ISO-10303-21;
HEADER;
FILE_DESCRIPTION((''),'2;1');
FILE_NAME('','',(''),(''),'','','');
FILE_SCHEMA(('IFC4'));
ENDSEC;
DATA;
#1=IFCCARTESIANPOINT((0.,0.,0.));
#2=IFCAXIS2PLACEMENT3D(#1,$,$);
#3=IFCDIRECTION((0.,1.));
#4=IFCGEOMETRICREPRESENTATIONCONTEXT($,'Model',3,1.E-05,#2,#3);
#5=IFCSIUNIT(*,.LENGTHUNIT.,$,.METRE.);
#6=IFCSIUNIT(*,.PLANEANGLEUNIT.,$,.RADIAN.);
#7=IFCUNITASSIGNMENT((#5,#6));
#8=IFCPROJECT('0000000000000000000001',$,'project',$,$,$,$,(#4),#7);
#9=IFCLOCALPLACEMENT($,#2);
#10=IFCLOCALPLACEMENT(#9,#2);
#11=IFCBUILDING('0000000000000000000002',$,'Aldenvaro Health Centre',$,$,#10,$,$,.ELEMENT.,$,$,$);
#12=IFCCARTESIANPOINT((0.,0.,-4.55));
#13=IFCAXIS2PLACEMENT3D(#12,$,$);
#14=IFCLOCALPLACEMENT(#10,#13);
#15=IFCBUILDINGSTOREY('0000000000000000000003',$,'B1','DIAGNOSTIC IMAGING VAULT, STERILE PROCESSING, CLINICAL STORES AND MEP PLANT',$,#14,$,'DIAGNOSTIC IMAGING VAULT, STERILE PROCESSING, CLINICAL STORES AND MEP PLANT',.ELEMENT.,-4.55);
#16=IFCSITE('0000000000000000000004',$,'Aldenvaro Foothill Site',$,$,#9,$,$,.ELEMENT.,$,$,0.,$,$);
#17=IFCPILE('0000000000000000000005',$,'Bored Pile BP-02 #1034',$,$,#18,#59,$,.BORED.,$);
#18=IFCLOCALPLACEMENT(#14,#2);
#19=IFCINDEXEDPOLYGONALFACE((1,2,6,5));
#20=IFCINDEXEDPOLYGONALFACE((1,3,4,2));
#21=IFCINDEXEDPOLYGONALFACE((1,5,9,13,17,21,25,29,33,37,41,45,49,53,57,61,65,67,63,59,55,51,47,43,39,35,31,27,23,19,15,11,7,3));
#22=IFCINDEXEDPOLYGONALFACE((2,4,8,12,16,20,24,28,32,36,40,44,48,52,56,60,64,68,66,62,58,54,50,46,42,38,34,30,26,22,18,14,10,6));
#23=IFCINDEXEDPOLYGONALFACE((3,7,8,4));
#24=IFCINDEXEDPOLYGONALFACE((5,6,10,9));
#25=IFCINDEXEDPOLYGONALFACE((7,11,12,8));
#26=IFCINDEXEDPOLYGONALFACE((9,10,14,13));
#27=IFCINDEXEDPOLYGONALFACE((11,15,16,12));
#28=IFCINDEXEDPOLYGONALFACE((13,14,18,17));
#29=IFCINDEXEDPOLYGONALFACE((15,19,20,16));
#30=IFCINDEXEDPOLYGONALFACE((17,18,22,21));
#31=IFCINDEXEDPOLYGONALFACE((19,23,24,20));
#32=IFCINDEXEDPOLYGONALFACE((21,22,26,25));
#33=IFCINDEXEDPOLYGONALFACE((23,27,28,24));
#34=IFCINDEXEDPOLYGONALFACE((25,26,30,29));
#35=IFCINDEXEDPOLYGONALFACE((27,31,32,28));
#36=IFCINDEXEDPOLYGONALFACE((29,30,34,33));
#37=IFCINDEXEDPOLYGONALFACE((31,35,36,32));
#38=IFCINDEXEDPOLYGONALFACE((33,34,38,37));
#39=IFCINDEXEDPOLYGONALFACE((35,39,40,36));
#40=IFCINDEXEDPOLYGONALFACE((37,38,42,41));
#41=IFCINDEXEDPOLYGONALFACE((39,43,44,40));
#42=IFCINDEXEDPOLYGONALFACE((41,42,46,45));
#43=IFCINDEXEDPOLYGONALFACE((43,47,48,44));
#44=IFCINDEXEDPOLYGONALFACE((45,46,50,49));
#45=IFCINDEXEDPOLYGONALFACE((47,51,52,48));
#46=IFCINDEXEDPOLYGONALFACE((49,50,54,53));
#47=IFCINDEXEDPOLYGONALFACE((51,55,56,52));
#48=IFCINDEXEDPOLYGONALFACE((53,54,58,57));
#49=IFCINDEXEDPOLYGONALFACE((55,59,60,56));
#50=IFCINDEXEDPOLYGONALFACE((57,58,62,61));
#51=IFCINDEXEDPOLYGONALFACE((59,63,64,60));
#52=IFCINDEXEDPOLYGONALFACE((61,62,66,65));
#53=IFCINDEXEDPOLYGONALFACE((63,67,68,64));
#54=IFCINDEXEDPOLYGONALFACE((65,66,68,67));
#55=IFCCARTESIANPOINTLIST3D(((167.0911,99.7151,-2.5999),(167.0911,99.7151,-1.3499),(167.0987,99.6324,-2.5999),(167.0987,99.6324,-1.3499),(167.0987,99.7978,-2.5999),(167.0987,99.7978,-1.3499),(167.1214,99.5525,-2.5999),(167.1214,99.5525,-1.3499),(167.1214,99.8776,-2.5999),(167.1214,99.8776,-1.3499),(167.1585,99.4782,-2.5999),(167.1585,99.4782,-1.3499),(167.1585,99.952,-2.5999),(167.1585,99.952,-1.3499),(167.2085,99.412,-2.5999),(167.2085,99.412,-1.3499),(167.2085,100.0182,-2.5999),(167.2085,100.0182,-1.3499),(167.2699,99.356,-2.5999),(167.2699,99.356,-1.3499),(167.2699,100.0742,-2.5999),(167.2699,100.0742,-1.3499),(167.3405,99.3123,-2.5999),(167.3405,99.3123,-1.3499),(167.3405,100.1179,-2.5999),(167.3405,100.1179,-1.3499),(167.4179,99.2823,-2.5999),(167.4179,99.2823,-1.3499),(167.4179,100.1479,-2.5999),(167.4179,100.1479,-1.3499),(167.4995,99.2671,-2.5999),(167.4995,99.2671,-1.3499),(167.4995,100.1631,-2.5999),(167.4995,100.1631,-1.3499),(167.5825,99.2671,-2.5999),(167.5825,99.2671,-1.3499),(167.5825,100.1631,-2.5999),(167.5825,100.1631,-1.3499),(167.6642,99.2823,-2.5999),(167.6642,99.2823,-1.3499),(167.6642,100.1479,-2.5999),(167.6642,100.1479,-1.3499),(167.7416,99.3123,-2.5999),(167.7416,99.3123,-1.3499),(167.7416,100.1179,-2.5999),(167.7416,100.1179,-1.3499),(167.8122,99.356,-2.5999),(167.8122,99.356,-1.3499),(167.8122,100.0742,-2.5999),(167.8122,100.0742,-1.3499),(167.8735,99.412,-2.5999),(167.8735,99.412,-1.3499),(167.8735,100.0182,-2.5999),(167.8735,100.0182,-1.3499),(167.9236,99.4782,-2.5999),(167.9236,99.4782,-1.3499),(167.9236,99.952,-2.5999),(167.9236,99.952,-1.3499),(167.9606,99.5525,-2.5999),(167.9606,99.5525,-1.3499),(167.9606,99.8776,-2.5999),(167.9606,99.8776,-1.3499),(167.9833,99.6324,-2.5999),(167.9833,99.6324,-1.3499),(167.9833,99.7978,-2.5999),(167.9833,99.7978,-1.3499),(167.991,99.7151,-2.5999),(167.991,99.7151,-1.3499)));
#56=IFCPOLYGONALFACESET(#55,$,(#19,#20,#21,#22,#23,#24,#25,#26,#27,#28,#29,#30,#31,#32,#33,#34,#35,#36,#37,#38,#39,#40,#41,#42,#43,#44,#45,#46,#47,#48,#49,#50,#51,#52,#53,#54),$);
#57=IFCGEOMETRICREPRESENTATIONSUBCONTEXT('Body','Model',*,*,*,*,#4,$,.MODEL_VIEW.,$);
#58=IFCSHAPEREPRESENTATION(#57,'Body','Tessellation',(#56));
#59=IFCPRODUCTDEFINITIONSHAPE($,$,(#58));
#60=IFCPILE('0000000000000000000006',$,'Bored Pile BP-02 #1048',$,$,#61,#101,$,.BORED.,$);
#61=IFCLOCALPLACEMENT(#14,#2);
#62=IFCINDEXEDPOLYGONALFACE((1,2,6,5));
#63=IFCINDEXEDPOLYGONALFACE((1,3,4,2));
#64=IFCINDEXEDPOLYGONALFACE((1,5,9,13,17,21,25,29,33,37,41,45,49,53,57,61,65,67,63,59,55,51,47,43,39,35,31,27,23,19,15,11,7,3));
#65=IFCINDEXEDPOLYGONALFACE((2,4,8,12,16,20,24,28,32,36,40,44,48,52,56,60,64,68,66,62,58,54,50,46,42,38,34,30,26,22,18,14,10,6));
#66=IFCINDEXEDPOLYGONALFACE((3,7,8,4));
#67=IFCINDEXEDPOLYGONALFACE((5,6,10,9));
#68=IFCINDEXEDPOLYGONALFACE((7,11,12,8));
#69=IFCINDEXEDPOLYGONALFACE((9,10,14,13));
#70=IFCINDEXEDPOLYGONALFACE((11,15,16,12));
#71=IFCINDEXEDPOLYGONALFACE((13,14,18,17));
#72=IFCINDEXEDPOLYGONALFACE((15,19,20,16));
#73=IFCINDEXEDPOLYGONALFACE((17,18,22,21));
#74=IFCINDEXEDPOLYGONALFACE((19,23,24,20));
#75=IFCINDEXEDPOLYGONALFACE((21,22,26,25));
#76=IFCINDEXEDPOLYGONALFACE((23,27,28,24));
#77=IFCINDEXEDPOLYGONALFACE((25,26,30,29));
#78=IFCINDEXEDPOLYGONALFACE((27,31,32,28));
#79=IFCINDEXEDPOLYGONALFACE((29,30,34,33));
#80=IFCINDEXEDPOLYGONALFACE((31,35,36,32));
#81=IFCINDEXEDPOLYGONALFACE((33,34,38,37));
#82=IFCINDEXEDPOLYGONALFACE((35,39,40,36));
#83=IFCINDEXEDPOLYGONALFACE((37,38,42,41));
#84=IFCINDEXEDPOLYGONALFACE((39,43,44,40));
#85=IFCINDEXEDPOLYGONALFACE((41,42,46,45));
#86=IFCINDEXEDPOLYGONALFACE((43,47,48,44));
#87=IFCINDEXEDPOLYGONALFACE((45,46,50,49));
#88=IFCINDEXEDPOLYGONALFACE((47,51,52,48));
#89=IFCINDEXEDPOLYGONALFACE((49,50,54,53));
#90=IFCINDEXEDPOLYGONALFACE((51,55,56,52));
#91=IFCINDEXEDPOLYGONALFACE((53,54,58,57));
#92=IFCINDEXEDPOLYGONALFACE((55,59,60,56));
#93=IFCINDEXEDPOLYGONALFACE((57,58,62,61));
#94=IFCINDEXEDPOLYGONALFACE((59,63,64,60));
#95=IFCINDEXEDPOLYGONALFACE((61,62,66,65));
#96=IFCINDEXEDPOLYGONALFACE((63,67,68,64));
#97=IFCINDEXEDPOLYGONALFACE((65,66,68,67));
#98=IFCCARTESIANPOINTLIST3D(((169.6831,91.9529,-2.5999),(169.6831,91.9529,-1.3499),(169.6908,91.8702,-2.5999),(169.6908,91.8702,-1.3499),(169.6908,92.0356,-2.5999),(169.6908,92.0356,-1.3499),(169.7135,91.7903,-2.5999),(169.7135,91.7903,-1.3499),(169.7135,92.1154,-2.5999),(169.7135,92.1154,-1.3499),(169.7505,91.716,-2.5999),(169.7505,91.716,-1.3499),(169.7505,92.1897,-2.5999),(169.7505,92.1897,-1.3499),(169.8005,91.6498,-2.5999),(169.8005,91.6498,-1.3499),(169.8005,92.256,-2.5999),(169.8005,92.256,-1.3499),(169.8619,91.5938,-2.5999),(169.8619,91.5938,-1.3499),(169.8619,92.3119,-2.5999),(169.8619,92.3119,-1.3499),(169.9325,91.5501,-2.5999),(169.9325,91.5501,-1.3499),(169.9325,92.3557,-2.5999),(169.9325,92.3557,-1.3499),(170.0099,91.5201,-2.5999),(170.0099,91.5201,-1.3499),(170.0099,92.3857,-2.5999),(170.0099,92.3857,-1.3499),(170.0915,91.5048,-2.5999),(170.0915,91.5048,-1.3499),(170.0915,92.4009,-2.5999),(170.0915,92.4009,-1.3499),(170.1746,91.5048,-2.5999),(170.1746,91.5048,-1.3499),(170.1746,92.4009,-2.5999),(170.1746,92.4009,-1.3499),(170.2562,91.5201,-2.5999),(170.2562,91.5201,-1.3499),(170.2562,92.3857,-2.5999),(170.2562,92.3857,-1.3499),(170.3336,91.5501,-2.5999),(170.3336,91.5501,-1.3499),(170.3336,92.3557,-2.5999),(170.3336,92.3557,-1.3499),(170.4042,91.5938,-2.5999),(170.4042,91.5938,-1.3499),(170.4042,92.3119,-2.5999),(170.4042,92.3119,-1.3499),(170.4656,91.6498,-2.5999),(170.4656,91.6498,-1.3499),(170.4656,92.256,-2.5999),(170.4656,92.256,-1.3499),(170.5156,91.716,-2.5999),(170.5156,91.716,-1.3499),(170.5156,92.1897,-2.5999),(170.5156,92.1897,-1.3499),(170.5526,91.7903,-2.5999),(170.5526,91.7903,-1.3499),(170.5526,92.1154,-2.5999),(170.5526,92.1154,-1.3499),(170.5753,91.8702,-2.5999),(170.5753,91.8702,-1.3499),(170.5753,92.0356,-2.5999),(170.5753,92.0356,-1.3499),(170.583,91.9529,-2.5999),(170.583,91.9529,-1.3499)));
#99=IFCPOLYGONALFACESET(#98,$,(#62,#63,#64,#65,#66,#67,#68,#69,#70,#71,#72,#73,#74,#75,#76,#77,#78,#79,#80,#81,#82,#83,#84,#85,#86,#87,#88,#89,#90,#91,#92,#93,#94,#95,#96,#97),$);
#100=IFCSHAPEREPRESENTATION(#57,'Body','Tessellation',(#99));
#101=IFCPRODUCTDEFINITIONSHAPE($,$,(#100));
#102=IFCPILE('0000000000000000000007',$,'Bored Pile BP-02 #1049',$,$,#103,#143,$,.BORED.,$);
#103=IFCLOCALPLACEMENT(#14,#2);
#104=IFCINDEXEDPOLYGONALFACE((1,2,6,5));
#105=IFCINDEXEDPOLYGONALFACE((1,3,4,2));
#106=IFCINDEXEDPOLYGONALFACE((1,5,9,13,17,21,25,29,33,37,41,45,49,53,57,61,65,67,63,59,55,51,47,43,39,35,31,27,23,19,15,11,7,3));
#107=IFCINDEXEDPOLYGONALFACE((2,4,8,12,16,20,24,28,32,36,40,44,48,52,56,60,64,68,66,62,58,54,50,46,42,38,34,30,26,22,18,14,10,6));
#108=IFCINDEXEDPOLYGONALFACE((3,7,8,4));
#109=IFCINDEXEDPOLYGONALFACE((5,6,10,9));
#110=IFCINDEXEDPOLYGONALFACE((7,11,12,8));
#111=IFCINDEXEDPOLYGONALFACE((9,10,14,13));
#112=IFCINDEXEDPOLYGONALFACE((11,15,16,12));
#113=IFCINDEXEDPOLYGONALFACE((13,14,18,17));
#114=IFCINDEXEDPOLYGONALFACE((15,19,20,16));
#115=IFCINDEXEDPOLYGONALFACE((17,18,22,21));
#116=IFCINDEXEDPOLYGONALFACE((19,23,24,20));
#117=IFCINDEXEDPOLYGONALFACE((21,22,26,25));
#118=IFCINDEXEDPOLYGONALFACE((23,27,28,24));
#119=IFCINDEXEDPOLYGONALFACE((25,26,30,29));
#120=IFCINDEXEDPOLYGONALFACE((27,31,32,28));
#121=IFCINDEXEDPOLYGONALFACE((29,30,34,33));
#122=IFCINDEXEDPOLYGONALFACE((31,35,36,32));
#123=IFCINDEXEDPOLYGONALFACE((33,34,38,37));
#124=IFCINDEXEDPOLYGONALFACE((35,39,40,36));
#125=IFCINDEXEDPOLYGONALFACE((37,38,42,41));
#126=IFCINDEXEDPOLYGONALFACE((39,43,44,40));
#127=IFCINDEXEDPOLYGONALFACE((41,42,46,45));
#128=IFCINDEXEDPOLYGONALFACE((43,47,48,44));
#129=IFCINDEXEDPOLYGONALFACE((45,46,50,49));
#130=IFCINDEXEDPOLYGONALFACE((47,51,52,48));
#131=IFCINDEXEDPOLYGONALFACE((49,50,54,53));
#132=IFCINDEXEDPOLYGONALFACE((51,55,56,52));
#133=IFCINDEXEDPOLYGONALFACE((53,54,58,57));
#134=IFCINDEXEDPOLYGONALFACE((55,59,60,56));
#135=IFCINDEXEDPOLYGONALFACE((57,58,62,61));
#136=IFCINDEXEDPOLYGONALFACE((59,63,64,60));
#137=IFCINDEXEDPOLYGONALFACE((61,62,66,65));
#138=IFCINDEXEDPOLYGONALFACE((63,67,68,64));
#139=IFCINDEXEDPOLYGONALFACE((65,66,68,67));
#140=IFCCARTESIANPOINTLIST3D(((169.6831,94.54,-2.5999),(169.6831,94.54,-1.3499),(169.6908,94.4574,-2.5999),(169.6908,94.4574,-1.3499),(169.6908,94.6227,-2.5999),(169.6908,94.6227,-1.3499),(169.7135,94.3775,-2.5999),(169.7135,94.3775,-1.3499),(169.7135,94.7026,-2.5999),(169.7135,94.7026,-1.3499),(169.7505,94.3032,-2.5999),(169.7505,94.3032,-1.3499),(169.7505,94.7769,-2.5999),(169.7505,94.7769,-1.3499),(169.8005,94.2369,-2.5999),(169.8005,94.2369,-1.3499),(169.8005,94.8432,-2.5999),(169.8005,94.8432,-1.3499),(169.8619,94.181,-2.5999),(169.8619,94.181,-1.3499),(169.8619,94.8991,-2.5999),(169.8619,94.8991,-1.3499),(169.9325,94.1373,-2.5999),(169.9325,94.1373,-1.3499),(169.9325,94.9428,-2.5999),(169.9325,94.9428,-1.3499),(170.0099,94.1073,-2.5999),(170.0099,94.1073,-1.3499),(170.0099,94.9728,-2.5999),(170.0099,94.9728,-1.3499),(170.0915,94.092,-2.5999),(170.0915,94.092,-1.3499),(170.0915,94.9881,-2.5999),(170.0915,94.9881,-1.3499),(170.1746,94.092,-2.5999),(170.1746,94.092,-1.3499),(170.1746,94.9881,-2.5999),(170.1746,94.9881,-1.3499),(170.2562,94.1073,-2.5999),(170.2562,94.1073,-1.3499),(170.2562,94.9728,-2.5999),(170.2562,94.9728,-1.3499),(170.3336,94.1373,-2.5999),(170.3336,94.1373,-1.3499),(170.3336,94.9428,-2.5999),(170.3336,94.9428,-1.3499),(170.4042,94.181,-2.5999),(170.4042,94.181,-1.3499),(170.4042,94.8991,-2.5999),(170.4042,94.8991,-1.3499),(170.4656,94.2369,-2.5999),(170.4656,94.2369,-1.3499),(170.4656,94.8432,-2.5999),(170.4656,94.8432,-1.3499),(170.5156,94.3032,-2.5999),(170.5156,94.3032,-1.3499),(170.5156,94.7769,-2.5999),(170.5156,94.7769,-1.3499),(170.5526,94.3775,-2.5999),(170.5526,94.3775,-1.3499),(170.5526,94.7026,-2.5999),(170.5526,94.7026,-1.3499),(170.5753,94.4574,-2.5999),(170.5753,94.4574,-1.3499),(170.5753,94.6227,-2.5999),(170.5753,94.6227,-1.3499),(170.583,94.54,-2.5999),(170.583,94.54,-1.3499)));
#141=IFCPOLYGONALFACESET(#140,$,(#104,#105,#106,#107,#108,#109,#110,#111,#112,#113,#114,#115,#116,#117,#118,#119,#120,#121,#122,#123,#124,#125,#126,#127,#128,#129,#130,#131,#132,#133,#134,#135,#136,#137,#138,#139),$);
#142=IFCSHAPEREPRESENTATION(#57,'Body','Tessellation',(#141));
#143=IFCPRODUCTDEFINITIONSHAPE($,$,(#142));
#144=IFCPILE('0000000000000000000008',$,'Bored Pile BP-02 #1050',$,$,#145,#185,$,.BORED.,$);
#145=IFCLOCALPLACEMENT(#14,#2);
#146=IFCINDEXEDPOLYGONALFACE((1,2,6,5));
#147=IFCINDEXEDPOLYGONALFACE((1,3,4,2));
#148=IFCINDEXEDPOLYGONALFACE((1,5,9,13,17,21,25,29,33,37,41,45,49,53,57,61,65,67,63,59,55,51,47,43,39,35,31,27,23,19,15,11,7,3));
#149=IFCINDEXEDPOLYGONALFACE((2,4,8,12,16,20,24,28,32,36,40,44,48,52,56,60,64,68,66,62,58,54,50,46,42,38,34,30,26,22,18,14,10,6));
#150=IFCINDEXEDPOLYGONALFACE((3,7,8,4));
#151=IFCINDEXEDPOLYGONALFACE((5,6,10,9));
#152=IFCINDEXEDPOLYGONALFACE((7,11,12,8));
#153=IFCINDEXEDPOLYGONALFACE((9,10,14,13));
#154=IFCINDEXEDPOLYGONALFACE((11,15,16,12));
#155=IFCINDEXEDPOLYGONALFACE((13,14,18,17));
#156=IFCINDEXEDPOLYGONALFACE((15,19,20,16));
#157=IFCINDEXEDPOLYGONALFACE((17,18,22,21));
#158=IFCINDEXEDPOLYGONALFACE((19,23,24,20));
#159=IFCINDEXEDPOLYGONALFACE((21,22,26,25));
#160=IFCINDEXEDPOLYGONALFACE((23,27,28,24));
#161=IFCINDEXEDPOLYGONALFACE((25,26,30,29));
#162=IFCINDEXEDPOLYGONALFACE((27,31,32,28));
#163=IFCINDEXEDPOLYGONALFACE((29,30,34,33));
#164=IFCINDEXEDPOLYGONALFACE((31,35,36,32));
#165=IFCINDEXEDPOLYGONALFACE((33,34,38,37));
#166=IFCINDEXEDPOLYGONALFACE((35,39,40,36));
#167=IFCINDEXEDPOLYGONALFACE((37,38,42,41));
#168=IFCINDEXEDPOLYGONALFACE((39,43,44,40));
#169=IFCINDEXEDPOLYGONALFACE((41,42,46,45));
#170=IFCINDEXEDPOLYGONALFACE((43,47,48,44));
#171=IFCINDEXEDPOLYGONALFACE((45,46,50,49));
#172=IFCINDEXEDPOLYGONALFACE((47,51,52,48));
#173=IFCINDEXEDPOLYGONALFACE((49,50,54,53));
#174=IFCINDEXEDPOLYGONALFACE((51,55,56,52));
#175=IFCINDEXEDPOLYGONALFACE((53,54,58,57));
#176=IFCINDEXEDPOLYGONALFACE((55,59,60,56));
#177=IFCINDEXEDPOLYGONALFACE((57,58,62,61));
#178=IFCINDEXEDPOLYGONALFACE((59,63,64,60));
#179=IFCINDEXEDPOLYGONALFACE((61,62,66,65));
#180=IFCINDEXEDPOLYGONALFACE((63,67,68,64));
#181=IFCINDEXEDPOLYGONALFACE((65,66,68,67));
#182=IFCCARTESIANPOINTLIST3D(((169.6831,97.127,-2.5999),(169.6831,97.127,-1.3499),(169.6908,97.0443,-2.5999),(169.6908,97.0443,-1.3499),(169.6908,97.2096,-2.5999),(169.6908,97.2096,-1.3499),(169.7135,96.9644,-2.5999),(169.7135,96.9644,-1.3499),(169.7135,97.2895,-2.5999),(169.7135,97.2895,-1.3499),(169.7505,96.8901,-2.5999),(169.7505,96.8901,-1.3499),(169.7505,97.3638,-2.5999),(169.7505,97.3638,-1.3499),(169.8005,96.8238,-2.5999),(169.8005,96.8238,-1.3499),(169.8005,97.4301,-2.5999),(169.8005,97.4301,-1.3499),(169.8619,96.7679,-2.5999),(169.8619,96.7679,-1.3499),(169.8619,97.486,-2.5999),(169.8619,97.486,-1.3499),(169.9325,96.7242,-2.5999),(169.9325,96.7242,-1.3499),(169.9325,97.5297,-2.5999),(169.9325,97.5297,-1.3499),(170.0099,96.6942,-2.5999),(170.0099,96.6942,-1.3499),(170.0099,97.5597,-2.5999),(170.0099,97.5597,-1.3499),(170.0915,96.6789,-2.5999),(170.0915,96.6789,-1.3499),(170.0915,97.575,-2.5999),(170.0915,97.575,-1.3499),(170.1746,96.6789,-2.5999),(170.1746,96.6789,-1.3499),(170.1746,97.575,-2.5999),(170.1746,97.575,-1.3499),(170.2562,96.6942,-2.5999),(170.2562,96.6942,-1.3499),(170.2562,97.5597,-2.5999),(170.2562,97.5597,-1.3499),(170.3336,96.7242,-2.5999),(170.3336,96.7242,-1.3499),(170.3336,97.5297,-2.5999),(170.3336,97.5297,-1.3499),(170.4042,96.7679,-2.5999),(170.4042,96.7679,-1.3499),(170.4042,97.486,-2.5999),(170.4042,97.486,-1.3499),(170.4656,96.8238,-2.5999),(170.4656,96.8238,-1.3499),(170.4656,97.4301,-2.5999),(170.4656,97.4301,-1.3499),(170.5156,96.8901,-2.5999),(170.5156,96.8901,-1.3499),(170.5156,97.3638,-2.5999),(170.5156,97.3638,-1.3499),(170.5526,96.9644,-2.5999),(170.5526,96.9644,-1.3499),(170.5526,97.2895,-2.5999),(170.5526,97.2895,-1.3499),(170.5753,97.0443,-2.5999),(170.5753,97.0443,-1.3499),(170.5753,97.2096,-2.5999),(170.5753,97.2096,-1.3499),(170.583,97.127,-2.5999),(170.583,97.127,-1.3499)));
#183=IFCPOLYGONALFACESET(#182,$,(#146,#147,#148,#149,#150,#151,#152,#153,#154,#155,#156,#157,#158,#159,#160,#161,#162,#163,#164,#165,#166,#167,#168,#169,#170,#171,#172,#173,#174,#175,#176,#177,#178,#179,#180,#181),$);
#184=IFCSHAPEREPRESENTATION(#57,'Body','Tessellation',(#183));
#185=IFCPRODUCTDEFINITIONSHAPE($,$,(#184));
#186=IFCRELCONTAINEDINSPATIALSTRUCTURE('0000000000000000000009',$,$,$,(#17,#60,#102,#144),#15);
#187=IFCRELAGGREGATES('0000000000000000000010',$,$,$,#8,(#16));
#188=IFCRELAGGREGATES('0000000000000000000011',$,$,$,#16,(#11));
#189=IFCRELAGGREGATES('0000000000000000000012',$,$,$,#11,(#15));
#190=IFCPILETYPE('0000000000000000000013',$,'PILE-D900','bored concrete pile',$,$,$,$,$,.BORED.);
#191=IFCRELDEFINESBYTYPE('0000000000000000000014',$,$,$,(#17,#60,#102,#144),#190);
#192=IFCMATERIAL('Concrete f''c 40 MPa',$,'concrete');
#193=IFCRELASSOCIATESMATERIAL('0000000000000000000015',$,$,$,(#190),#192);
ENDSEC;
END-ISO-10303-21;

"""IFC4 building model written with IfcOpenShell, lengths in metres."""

from ifc_helpers import new_model, si_unit, direction, frame, origin, origin_2d, place, context, subcontext, project, spatial, circle, extrude, material, material_profile, profile_set, type_object, element, save


model = new_model("IFC4")

# Units and contexts
model_context = context("Model", 3, precision=1e-05, world=origin(), true_north=direction((0.0, 1.0)))
body_context = subcontext(model_context, "Body", "Model", "MODEL_VIEW")
ifc_project = project(units=[si_unit("LENGTHUNIT", "METRE"), si_unit("PLANEANGLEUNIT", "RADIAN")], contexts=[model_context])

# Site, building, storey
site_placement = place(None, origin())
site = spatial("IfcSite", under=ifc_project, at=site_placement, Name="Aldenvaro Foothill Site", CompositionType="ELEMENT", RefElevation=0.0)
building_placement = place(site_placement, origin())
building = spatial("IfcBuilding", under=site, at=building_placement, Name="Aldenvaro Health Centre", CompositionType="ELEMENT")
storey_placement = place(building_placement, frame((0.0, 0.0, -4.55)))
storey = spatial("IfcBuildingStorey", under=building, at=storey_placement, Name="B1", Description="DIAGNOSTIC IMAGING VAULT, STERILE PROCESSING, CLINICAL STORES AND MEP PLANT", LongName="DIAGNOSTIC IMAGING VAULT, STERILE PROCESSING, CLINICAL STORES AND MEP PLANT", CompositionType="ELEMENT", Elevation=-4.55)

# Piles
ifc_material_1 = material(Name="Concrete f'c 40 MPa", Category="concrete")
ifc_material_profile_1 = material_profile(ifc_material_1, circle(Radius=0.45, at=origin_2d()), Name="PILE D900", Category="concrete")
ifc_profile_set_1 = profile_set([ifc_material_profile_1], Name="Concrete f'c 40 MPa")
pile_type = type_object("IfcPileType", Name="PILE-D900", Description="bored concrete pile", PredefinedType="BORED", material=ifc_profile_set_1)
for number, where, z_axis, x_axis, name in (
    (1, (167.541, 99.7151, -1.3499), (0.0, 0.0, -1.0), (1.0, 0.0, 0.0), "Bored Pile BP-02 #1034"),
    (2, (170.1331, 91.9529, -1.3499), (0.0, 0.0, -1.0), (1.0, 0.0, 0.0), "Bored Pile BP-02 #1048"),
    (3, (170.1331, 94.54, -1.3499), (0.0, 0.0, -1.0), (1.0, 0.0, 0.0), "Bored Pile BP-02 #1049"),
    (4, (170.1331, 97.127, -1.3499), (0.0, 0.0, -1.0), (1.0, 0.0, 0.0), "Bored Pile BP-02 #1050"),
):
    element("IfcPile", number, at=place(storey_placement, frame(where, z_axis=z_axis, x_axis=x_axis)), inside=storey, type_object=pile_type, Name=name, PredefinedType="BORED", context=body_context, shape_type="SweptSolid", body=[
        extrude(circle(Radius=0.45, at=origin_2d()), origin(), (0.0, 0.0, 1.0), 1.25),
    ])

save(model, "model.ifc")
